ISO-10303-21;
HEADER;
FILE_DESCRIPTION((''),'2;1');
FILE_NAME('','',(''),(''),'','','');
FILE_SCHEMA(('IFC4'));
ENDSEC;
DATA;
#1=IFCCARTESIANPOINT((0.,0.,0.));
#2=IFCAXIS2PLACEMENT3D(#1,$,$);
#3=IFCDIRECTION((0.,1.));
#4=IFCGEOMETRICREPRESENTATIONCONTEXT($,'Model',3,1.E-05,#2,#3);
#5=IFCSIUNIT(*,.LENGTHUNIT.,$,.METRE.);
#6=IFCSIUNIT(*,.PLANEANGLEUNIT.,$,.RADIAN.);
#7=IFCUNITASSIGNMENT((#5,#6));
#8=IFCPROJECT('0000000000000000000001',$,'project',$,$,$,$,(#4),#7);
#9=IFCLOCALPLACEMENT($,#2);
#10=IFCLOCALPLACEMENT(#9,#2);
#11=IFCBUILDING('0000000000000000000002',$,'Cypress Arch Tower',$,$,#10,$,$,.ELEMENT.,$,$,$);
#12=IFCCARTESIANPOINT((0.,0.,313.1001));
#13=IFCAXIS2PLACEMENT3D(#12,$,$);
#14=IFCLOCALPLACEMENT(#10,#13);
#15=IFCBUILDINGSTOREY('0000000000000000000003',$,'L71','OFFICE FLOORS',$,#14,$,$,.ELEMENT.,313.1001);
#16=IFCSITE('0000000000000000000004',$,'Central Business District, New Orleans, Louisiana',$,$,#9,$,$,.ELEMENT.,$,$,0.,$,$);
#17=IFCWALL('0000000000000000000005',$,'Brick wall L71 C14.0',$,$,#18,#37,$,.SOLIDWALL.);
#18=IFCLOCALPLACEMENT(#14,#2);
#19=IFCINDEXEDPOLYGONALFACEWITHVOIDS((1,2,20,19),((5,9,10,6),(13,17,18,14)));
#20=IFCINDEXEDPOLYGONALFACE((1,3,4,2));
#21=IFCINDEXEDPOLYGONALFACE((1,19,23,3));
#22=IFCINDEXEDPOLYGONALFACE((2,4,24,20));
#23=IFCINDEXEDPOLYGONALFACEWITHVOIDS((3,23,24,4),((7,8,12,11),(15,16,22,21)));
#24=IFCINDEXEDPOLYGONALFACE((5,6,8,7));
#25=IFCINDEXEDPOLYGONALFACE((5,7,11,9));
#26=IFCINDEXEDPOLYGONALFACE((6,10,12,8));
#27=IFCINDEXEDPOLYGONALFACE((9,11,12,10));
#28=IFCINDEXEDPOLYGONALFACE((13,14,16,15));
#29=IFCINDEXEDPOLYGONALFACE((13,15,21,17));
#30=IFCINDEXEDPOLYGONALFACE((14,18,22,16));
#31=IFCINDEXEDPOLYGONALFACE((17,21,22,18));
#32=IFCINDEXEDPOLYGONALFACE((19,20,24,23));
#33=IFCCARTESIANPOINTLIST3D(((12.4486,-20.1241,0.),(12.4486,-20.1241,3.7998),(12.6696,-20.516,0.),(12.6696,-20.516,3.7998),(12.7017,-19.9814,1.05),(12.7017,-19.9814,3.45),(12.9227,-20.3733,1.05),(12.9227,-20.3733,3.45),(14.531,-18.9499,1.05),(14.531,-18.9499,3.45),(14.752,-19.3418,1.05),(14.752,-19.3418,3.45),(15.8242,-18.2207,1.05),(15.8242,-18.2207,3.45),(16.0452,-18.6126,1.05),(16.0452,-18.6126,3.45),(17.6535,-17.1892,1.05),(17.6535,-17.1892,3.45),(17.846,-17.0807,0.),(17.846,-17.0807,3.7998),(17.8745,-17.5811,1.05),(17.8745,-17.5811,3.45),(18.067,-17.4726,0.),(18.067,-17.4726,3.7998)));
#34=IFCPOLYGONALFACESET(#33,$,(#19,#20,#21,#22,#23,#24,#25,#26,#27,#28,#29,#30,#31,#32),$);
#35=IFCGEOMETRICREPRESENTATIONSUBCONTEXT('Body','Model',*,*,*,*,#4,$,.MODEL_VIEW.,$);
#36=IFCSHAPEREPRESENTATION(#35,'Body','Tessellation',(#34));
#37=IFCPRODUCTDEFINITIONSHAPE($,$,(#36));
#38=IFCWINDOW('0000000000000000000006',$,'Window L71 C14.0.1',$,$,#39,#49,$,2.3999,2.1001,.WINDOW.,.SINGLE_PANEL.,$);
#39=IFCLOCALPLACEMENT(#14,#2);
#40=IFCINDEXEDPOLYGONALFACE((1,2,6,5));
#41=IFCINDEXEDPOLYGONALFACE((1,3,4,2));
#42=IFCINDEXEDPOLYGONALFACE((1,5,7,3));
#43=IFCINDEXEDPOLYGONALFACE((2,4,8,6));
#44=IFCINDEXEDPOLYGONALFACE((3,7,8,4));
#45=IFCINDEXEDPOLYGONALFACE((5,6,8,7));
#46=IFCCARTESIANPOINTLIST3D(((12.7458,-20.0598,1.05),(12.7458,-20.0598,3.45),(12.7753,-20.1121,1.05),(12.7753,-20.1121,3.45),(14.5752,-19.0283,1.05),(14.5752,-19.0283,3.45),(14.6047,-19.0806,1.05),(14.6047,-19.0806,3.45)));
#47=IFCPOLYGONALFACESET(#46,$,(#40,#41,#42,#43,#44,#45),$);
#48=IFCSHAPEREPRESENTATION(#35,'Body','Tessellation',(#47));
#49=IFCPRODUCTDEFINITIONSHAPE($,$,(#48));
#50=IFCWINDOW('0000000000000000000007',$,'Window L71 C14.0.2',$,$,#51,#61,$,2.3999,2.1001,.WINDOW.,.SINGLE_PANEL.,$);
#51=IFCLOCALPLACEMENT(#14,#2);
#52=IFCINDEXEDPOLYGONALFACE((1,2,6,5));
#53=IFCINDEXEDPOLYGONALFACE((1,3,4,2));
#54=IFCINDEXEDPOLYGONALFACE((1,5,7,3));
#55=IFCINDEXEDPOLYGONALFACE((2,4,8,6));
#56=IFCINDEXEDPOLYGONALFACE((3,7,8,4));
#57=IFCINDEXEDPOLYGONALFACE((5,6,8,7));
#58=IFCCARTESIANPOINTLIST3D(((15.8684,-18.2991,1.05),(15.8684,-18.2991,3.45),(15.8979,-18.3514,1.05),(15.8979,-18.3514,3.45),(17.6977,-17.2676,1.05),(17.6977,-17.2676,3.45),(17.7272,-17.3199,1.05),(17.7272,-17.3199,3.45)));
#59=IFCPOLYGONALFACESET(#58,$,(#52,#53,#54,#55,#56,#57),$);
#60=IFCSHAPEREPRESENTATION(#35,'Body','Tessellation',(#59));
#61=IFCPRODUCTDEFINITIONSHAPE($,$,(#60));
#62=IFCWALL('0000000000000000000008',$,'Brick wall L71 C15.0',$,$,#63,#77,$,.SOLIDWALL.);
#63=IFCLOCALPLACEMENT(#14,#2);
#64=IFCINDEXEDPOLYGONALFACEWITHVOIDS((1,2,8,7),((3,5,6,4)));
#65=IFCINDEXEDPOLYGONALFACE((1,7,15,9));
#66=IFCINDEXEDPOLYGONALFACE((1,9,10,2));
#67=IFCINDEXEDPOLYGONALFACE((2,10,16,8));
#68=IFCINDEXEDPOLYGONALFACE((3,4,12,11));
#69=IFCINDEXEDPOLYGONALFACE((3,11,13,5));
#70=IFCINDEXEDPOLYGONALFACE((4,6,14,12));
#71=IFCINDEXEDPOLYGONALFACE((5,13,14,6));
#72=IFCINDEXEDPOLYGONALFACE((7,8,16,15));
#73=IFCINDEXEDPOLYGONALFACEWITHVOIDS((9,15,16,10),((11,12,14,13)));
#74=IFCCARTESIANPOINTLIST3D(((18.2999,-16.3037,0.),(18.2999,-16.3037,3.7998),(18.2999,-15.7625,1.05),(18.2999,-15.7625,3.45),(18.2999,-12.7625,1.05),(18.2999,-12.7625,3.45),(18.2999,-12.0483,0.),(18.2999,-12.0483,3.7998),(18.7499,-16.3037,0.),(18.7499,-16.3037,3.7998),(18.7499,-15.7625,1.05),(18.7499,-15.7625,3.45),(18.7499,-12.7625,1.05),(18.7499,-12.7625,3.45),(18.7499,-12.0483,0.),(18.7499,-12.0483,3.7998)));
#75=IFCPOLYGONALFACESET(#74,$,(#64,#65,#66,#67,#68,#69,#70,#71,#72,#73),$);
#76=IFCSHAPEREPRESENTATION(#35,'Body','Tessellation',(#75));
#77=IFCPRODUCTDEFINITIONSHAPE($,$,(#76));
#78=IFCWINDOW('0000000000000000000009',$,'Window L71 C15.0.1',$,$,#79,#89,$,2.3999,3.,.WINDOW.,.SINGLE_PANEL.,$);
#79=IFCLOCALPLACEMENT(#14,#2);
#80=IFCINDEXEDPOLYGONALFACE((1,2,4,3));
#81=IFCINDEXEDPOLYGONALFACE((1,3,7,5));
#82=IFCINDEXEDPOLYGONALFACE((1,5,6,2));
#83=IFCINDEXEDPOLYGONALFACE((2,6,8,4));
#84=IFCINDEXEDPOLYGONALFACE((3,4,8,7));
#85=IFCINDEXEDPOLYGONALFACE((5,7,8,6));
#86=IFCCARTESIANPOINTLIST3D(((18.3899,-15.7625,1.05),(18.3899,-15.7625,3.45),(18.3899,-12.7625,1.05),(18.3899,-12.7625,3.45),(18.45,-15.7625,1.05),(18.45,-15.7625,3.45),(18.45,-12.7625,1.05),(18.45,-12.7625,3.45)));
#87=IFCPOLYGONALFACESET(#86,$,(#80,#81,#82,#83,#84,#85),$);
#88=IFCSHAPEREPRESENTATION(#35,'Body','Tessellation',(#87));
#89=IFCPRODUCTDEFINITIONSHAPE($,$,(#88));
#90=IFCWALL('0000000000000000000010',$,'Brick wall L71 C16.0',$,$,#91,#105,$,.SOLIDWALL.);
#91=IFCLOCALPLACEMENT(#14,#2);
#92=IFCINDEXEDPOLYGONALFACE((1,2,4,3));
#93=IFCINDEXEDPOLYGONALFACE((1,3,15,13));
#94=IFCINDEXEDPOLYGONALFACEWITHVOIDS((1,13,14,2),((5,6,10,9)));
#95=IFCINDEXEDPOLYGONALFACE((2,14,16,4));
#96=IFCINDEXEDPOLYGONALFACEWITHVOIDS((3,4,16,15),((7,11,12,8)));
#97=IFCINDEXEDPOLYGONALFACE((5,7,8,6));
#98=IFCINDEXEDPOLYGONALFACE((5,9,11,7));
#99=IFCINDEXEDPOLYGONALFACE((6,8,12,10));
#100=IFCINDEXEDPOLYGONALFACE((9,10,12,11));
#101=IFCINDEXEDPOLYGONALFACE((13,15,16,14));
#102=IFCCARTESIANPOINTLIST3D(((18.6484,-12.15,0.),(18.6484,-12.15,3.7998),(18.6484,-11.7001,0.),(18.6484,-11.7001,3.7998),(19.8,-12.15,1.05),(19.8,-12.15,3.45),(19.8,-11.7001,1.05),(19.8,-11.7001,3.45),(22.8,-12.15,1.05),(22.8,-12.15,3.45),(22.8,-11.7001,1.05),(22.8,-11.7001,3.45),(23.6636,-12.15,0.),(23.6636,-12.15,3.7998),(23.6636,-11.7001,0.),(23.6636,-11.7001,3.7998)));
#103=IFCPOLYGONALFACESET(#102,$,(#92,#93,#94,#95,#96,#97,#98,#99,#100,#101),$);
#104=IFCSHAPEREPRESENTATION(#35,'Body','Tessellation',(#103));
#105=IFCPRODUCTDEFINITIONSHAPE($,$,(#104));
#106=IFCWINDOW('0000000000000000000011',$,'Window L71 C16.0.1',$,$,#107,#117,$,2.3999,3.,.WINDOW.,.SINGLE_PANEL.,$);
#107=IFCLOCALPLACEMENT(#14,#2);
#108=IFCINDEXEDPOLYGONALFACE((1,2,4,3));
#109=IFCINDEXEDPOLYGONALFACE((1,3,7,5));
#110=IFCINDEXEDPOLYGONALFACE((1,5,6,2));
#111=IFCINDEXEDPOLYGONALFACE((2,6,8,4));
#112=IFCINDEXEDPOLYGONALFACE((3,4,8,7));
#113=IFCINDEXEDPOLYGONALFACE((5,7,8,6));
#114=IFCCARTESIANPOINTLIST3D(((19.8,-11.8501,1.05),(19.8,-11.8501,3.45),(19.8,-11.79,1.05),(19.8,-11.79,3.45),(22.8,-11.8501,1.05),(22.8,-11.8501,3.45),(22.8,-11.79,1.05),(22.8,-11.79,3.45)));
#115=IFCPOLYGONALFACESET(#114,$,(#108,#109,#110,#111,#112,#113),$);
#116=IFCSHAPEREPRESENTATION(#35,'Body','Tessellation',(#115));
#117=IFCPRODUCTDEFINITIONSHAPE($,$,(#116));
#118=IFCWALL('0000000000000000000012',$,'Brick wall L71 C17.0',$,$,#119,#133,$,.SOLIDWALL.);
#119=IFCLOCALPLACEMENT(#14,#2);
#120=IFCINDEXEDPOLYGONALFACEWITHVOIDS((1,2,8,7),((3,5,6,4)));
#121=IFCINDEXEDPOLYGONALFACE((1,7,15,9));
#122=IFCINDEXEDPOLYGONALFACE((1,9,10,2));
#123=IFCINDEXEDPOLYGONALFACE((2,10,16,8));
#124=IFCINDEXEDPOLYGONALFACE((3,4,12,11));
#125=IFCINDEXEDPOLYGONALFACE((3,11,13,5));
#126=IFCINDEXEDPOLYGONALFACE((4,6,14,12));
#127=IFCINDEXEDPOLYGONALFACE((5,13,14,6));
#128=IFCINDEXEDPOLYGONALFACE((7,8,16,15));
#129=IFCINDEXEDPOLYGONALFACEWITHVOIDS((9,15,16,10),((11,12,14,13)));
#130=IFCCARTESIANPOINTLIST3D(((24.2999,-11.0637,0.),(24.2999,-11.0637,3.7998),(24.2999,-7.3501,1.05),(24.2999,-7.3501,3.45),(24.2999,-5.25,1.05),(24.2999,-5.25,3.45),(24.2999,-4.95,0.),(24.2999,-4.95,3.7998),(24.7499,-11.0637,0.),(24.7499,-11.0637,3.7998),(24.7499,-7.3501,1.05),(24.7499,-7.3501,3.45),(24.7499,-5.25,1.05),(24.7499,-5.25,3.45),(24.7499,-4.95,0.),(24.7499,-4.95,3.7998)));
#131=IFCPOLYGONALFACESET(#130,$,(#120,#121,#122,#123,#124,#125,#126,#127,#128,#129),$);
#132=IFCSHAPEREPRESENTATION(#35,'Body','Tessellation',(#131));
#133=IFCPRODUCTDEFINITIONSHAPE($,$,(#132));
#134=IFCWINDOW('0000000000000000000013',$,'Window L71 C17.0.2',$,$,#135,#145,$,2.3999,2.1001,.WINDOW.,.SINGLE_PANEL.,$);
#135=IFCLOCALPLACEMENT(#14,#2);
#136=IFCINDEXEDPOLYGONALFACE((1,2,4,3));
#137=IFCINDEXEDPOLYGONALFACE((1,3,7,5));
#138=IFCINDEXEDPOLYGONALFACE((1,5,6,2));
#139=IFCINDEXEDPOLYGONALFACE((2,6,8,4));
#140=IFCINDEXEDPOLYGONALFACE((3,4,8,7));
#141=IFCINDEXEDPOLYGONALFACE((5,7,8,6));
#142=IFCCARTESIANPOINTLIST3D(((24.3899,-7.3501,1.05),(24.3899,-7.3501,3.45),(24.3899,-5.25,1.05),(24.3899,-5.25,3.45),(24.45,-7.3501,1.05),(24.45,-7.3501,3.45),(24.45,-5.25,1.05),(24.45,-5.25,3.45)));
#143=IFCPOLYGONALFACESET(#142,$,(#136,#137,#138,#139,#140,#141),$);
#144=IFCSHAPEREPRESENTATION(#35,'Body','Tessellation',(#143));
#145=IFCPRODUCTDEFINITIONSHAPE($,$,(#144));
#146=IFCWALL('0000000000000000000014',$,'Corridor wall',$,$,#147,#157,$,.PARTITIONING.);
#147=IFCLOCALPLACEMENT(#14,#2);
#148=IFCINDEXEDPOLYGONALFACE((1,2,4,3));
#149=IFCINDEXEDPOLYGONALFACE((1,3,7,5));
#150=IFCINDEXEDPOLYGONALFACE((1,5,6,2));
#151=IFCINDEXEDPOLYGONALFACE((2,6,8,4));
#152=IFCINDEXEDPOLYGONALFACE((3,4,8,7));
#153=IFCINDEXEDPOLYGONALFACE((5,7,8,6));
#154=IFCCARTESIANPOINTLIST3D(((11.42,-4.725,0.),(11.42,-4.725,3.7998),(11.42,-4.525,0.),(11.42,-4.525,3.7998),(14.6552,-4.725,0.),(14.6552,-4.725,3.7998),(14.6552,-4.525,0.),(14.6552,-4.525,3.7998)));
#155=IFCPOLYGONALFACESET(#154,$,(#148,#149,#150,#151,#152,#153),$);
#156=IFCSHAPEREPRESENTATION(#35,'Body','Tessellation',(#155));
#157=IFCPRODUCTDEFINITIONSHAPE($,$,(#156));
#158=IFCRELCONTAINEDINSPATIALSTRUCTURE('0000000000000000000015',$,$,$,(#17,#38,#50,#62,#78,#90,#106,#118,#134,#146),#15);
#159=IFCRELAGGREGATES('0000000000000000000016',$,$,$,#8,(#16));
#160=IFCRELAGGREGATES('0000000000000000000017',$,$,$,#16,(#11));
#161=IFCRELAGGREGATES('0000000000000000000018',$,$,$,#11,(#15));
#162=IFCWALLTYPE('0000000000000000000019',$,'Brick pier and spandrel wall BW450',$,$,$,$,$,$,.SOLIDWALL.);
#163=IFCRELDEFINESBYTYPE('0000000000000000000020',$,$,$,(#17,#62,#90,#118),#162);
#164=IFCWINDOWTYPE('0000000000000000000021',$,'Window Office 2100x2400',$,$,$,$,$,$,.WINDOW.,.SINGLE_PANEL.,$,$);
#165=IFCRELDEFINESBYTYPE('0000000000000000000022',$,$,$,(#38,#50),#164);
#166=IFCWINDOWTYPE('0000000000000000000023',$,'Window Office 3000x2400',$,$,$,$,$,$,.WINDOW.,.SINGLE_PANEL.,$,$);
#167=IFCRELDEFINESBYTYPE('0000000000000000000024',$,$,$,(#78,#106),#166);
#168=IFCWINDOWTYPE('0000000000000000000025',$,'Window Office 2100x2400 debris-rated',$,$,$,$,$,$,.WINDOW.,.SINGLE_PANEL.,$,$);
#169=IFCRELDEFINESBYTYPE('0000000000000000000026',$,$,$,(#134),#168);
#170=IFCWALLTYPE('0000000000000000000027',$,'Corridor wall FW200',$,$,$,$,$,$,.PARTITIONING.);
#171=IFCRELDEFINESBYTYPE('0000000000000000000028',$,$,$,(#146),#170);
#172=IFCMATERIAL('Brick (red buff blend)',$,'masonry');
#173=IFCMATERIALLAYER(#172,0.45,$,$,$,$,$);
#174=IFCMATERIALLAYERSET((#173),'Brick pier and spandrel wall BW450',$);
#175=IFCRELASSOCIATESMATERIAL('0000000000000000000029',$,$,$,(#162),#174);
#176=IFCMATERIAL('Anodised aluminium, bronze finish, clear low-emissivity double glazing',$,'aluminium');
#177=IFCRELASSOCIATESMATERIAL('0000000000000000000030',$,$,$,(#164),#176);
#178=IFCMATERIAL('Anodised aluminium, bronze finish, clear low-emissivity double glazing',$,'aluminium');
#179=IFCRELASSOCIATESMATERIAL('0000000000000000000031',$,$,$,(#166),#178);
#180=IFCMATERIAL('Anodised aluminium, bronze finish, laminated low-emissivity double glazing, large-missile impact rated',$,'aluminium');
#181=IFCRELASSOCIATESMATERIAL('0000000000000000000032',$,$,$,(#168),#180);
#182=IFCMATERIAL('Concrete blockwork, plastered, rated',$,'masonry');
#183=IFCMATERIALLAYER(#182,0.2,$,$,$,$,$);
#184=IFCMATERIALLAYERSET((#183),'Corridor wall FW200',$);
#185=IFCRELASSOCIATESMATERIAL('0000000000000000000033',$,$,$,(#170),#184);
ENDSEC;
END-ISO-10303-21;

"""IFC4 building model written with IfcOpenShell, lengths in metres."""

from ifc_helpers import new_model, si_unit, direction, frame, frame_2d, origin, place, context, subcontext, project, spatial, rectangle, extrude, material, layer, layer_set, type_object, element, fill, save


model = new_model("IFC4")

# Units and contexts
model_context = context("Model", 3, precision=1e-05, world=origin(), true_north=direction((0.0, 1.0)))
body_context = subcontext(model_context, "Body", "Model", "MODEL_VIEW")
ifc_project = project(units=[si_unit("LENGTHUNIT", "METRE"), si_unit("PLANEANGLEUNIT", "RADIAN")], contexts=[model_context])

# Site, building, storey
site_placement = place(None, origin())
site = spatial("IfcSite", under=ifc_project, at=site_placement, Name="Central Business District, New Orleans, Louisiana", CompositionType="ELEMENT", RefElevation=0.0)
building_placement = place(site_placement, origin())
building = spatial("IfcBuilding", under=site, at=building_placement, Name="Cypress Arch Tower", CompositionType="ELEMENT")
storey_placement = place(building_placement, frame((0.0, 0.0, 313.1001)))
storey = spatial("IfcBuildingStorey", under=building, at=storey_placement, Name="L71", Description="OFFICE FLOORS", CompositionType="ELEMENT", Elevation=313.1001)

# Wall, openings, windows
ifc_material_1 = material(Name="Brick (red buff blend)", Category="masonry")
ifc_layer_1 = layer(ifc_material_1, 0.45)
ifc_layer_set_1 = layer_set([ifc_layer_1], Name="Brick pier and spandrel wall BW450")
wall_type_1 = type_object("IfcWallType", Name="Brick pier and spandrel wall BW450", PredefinedType="SOLIDWALL", material=ifc_layer_set_1)
wall_1_placement = place(storey_placement, frame((12.5591, -20.3201, 0.0), z_axis=(0.0, 0.0, 1.0), x_axis=(0.871066, 0.491166, 0.0)))
wall_1 = element("IfcWall", 1, at=wall_1_placement, inside=storey, type_object=wall_type_1, Name="Brick wall L71 C14.0", PredefinedType="SOLIDWALL", context=body_context, shape_type="SweptSolid", body=[
    extrude(rectangle(XDim=6.1963, YDim=0.45, at=frame_2d((3.0981, 0.0))), origin(), (0.0, 0.0, 1.0), 3.7998),
])
opening_1_placement = place(wall_1_placement, frame((0.2905, 0.0, 1.05)))
opening_1 = element("IfcOpeningElement", 2, at=opening_1_placement, cuts=wall_1, PredefinedType="OPENING", context=body_context, shape_type="SweptSolid", body=[
    extrude(rectangle(XDim=2.1001, YDim=2.3999, at=frame_2d((1.05, 1.2))), frame((0.0, 0.2349, 0.0), z_axis=(0.0, -1.0, 0.0), x_axis=(1.0, 0.0, 0.0)), (0.0, 0.0, 1.0), 0.47),
])
opening_2_placement = place(wall_1_placement, frame((3.8752, 0.0, 1.05)))
opening_2 = element("IfcOpeningElement", 3, at=opening_2_placement, cuts=wall_1, PredefinedType="OPENING", context=body_context, shape_type="SweptSolid", body=[
    extrude(rectangle(XDim=2.1001, YDim=2.3999, at=frame_2d((1.05, 1.2))), frame((0.0, 0.2349, 0.0), z_axis=(0.0, -1.0, 0.0), x_axis=(1.0, 0.0, 0.0)), (0.0, 0.0, 1.0), 0.47),
])
ifc_material_2 = material(Name="Anodised aluminium, bronze finish, clear low-emissivity double glazing", Category="aluminium")
window_type_1 = type_object("IfcWindowType", Name="Window Office 2100x2400", PartitioningType="SINGLE_PANEL", PredefinedType="WINDOW", material=ifc_material_2)
window_1_placement = place(opening_1_placement, origin())
window_1 = element("IfcWindow", 4, at=window_1_placement, inside=storey, type_object=window_type_1, Name="Window L71 C14.0.1", OverallHeight=2.3999, OverallWidth=2.1001, PartitioningType="SINGLE_PANEL", PredefinedType="WINDOW", context=body_context, shape_type="SweptSolid", body=[
    extrude(rectangle(XDim=2.1001, YDim=2.3999, at=frame_2d((1.05, 1.2))), frame((0.0, 0.135, 0.0), z_axis=(0.0, -1.0, 0.0), x_axis=(1.0, 0.0, 0.0)), (0.0, 0.0, 1.0), 0.0601),
])
fill(opening_1, window_1)
window_2_placement = place(opening_2_placement, origin())
window_2 = element("IfcWindow", 5, at=window_2_placement, inside=storey, type_object=window_type_1, Name="Window L71 C14.0.2", OverallHeight=2.3999, OverallWidth=2.1001, PartitioningType="SINGLE_PANEL", PredefinedType="WINDOW", context=body_context, shape_type="SweptSolid", body=[
    extrude(rectangle(XDim=2.1001, YDim=2.3999, at=frame_2d((1.05, 1.2))), frame((0.0, 0.135, 0.0), z_axis=(0.0, -1.0, 0.0), x_axis=(1.0, 0.0, 0.0)), (0.0, 0.0, 1.0), 0.0601),
])
fill(opening_2, window_2)

# Walls, openings, windows
wall_2_placement = place(storey_placement, frame((18.5249, -16.3037, 0.0), z_axis=(0.0, 0.0, 1.0), x_axis=(0.0, 1.0, 0.0)))
wall_2 = element("IfcWall", 6, at=wall_2_placement, inside=storey, type_object=wall_type_1, Name="Brick wall L71 C15.0", PredefinedType="SOLIDWALL", context=body_context, shape_type="SweptSolid", body=[
    extrude(rectangle(XDim=4.2554, YDim=0.45, at=frame_2d((2.1277, 0.0))), origin(), (0.0, 0.0, 1.0), 3.7998),
])
opening_3_placement = place(wall_2_placement, frame((0.5413, 0.0, 1.05)))
opening_3 = element("IfcOpeningElement", 7, at=opening_3_placement, cuts=wall_2, PredefinedType="OPENING", context=body_context, shape_type="SweptSolid", body=[
    extrude(rectangle(XDim=3.0, YDim=2.3999, at=frame_2d((1.5, 1.2))), frame((0.0, 0.2349, 0.0), z_axis=(0.0, -1.0, 0.0), x_axis=(1.0, 0.0, 0.0)), (0.0, 0.0, 1.0), 0.47),
])
ifc_material_3 = material(Name="Anodised aluminium, bronze finish, clear low-emissivity double glazing", Category="aluminium")
window_type_2 = type_object("IfcWindowType", Name="Window Office 3000x2400", PartitioningType="SINGLE_PANEL", PredefinedType="WINDOW", material=ifc_material_3)
window_3_placement = place(opening_3_placement, origin())
window_3 = element("IfcWindow", 8, at=window_3_placement, inside=storey, type_object=window_type_2, Name="Window L71 C15.0.1", OverallHeight=2.3999, OverallWidth=3.0, PartitioningType="SINGLE_PANEL", PredefinedType="WINDOW", context=body_context, shape_type="SweptSolid", body=[
    extrude(rectangle(XDim=3.0, YDim=2.3999, at=frame_2d((1.5, 1.2))), frame((0.0, 0.135, 0.0), z_axis=(0.0, -1.0, 0.0), x_axis=(1.0, 0.0, 0.0)), (0.0, 0.0, 1.0), 0.0601),
])
fill(opening_3, window_3)
wall_3_placement = place(storey_placement, frame((18.6484, -11.925, 0.0), z_axis=(0.0, 0.0, 1.0), x_axis=(1.0, 0.0, 0.0)))
wall_3 = element("IfcWall", 9, at=wall_3_placement, inside=storey, type_object=wall_type_1, Name="Brick wall L71 C16.0", PredefinedType="SOLIDWALL", context=body_context, shape_type="SweptSolid", body=[
    extrude(rectangle(XDim=5.0151, YDim=0.45, at=frame_2d((2.5076, 0.0))), origin(), (0.0, 0.0, 1.0), 3.7998),
])
opening_4_placement = place(wall_3_placement, frame((1.1516, 0.0, 1.05)))
opening_4 = element("IfcOpeningElement", 10, at=opening_4_placement, cuts=wall_3, PredefinedType="OPENING", context=body_context, shape_type="SweptSolid", body=[
    extrude(rectangle(XDim=3.0, YDim=2.3999, at=frame_2d((1.5, 1.2))), frame((0.0, 0.2349, 0.0), z_axis=(0.0, -1.0, 0.0), x_axis=(1.0, 0.0, 0.0)), (0.0, 0.0, 1.0), 0.47),
])
window_4_placement = place(opening_4_placement, origin())
window_4 = element("IfcWindow", 11, at=window_4_placement, inside=storey, type_object=window_type_2, Name="Window L71 C16.0.1", OverallHeight=2.3999, OverallWidth=3.0, PartitioningType="SINGLE_PANEL", PredefinedType="WINDOW", context=body_context, shape_type="SweptSolid", body=[
    extrude(rectangle(XDim=3.0, YDim=2.3999, at=frame_2d((1.5, 1.2))), frame((0.0, 0.135, 0.0), z_axis=(0.0, -1.0, 0.0), x_axis=(1.0, 0.0, 0.0)), (0.0, 0.0, 1.0), 0.0601),
])
fill(opening_4, window_4)
wall_4_placement = place(storey_placement, frame((24.5249, -11.0637, 0.0), z_axis=(0.0, 0.0, 1.0), x_axis=(0.0, 1.0, 0.0)))
wall_4 = element("IfcWall", 12, at=wall_4_placement, inside=storey, type_object=wall_type_1, Name="Brick wall L71 C17.0", PredefinedType="SOLIDWALL", context=body_context, shape_type="SweptSolid", body=[
    extrude(rectangle(XDim=6.1138, YDim=0.45, at=frame_2d((3.0569, 0.0))), origin(), (0.0, 0.0, 1.0), 3.7998),
])
opening_5_placement = place(wall_4_placement, frame((3.7136, 0.0, 1.05)))
opening_5 = element("IfcOpeningElement", 13, at=opening_5_placement, cuts=wall_4, PredefinedType="OPENING", context=body_context, shape_type="SweptSolid", body=[
    extrude(rectangle(XDim=2.1001, YDim=2.3999, at=frame_2d((1.05, 1.2))), frame((0.0, 0.2349, 0.0), z_axis=(0.0, -1.0, 0.0), x_axis=(1.0, 0.0, 0.0)), (0.0, 0.0, 1.0), 0.47),
])
ifc_material_4 = material(Name="Anodised aluminium, bronze finish, laminated low-emissivity double glazing, large-missile impact rated", Category="aluminium")
window_type_3 = type_object("IfcWindowType", Name="Window Office 2100x2400 debris-rated", PartitioningType="SINGLE_PANEL", PredefinedType="WINDOW", material=ifc_material_4)
window_5_placement = place(opening_5_placement, origin())
window_5 = element("IfcWindow", 14, at=window_5_placement, inside=storey, type_object=window_type_3, Name="Window L71 C17.0.2", OverallHeight=2.3999, OverallWidth=2.1001, PartitioningType="SINGLE_PANEL", PredefinedType="WINDOW", context=body_context, shape_type="SweptSolid", body=[
    extrude(rectangle(XDim=2.1001, YDim=2.3999, at=frame_2d((1.05, 1.2))), frame((0.0, 0.135, 0.0), z_axis=(0.0, -1.0, 0.0), x_axis=(1.0, 0.0, 0.0)), (0.0, 0.0, 1.0), 0.0601),
])
fill(opening_5, window_5)

# Wall
ifc_material_5 = material(Name="Concrete blockwork, plastered, rated", Category="masonry")
ifc_layer_2 = layer(ifc_material_5, 0.2)
ifc_layer_set_2 = layer_set([ifc_layer_2], Name="Corridor wall FW200")
wall_type_2 = type_object("IfcWallType", Name="Corridor wall FW200", PredefinedType="PARTITIONING", material=ifc_layer_set_2)
wall_5_placement = place(storey_placement, frame((11.4199, -4.625, 0.0), z_axis=(0.0, 0.0, 1.0), x_axis=(1.0, 0.0, 0.0)))
element("IfcWall", 15, at=wall_5_placement, inside=storey, type_object=wall_type_2, Name="Corridor wall", PredefinedType="PARTITIONING", context=body_context, shape_type="SweptSolid", body=[
    extrude(rectangle(XDim=3.2351, YDim=0.2, at=frame_2d((1.6177, 0.0))), origin(), (0.0, 0.0, 1.0), 3.7998),
])

save(model, "model.ifc")
